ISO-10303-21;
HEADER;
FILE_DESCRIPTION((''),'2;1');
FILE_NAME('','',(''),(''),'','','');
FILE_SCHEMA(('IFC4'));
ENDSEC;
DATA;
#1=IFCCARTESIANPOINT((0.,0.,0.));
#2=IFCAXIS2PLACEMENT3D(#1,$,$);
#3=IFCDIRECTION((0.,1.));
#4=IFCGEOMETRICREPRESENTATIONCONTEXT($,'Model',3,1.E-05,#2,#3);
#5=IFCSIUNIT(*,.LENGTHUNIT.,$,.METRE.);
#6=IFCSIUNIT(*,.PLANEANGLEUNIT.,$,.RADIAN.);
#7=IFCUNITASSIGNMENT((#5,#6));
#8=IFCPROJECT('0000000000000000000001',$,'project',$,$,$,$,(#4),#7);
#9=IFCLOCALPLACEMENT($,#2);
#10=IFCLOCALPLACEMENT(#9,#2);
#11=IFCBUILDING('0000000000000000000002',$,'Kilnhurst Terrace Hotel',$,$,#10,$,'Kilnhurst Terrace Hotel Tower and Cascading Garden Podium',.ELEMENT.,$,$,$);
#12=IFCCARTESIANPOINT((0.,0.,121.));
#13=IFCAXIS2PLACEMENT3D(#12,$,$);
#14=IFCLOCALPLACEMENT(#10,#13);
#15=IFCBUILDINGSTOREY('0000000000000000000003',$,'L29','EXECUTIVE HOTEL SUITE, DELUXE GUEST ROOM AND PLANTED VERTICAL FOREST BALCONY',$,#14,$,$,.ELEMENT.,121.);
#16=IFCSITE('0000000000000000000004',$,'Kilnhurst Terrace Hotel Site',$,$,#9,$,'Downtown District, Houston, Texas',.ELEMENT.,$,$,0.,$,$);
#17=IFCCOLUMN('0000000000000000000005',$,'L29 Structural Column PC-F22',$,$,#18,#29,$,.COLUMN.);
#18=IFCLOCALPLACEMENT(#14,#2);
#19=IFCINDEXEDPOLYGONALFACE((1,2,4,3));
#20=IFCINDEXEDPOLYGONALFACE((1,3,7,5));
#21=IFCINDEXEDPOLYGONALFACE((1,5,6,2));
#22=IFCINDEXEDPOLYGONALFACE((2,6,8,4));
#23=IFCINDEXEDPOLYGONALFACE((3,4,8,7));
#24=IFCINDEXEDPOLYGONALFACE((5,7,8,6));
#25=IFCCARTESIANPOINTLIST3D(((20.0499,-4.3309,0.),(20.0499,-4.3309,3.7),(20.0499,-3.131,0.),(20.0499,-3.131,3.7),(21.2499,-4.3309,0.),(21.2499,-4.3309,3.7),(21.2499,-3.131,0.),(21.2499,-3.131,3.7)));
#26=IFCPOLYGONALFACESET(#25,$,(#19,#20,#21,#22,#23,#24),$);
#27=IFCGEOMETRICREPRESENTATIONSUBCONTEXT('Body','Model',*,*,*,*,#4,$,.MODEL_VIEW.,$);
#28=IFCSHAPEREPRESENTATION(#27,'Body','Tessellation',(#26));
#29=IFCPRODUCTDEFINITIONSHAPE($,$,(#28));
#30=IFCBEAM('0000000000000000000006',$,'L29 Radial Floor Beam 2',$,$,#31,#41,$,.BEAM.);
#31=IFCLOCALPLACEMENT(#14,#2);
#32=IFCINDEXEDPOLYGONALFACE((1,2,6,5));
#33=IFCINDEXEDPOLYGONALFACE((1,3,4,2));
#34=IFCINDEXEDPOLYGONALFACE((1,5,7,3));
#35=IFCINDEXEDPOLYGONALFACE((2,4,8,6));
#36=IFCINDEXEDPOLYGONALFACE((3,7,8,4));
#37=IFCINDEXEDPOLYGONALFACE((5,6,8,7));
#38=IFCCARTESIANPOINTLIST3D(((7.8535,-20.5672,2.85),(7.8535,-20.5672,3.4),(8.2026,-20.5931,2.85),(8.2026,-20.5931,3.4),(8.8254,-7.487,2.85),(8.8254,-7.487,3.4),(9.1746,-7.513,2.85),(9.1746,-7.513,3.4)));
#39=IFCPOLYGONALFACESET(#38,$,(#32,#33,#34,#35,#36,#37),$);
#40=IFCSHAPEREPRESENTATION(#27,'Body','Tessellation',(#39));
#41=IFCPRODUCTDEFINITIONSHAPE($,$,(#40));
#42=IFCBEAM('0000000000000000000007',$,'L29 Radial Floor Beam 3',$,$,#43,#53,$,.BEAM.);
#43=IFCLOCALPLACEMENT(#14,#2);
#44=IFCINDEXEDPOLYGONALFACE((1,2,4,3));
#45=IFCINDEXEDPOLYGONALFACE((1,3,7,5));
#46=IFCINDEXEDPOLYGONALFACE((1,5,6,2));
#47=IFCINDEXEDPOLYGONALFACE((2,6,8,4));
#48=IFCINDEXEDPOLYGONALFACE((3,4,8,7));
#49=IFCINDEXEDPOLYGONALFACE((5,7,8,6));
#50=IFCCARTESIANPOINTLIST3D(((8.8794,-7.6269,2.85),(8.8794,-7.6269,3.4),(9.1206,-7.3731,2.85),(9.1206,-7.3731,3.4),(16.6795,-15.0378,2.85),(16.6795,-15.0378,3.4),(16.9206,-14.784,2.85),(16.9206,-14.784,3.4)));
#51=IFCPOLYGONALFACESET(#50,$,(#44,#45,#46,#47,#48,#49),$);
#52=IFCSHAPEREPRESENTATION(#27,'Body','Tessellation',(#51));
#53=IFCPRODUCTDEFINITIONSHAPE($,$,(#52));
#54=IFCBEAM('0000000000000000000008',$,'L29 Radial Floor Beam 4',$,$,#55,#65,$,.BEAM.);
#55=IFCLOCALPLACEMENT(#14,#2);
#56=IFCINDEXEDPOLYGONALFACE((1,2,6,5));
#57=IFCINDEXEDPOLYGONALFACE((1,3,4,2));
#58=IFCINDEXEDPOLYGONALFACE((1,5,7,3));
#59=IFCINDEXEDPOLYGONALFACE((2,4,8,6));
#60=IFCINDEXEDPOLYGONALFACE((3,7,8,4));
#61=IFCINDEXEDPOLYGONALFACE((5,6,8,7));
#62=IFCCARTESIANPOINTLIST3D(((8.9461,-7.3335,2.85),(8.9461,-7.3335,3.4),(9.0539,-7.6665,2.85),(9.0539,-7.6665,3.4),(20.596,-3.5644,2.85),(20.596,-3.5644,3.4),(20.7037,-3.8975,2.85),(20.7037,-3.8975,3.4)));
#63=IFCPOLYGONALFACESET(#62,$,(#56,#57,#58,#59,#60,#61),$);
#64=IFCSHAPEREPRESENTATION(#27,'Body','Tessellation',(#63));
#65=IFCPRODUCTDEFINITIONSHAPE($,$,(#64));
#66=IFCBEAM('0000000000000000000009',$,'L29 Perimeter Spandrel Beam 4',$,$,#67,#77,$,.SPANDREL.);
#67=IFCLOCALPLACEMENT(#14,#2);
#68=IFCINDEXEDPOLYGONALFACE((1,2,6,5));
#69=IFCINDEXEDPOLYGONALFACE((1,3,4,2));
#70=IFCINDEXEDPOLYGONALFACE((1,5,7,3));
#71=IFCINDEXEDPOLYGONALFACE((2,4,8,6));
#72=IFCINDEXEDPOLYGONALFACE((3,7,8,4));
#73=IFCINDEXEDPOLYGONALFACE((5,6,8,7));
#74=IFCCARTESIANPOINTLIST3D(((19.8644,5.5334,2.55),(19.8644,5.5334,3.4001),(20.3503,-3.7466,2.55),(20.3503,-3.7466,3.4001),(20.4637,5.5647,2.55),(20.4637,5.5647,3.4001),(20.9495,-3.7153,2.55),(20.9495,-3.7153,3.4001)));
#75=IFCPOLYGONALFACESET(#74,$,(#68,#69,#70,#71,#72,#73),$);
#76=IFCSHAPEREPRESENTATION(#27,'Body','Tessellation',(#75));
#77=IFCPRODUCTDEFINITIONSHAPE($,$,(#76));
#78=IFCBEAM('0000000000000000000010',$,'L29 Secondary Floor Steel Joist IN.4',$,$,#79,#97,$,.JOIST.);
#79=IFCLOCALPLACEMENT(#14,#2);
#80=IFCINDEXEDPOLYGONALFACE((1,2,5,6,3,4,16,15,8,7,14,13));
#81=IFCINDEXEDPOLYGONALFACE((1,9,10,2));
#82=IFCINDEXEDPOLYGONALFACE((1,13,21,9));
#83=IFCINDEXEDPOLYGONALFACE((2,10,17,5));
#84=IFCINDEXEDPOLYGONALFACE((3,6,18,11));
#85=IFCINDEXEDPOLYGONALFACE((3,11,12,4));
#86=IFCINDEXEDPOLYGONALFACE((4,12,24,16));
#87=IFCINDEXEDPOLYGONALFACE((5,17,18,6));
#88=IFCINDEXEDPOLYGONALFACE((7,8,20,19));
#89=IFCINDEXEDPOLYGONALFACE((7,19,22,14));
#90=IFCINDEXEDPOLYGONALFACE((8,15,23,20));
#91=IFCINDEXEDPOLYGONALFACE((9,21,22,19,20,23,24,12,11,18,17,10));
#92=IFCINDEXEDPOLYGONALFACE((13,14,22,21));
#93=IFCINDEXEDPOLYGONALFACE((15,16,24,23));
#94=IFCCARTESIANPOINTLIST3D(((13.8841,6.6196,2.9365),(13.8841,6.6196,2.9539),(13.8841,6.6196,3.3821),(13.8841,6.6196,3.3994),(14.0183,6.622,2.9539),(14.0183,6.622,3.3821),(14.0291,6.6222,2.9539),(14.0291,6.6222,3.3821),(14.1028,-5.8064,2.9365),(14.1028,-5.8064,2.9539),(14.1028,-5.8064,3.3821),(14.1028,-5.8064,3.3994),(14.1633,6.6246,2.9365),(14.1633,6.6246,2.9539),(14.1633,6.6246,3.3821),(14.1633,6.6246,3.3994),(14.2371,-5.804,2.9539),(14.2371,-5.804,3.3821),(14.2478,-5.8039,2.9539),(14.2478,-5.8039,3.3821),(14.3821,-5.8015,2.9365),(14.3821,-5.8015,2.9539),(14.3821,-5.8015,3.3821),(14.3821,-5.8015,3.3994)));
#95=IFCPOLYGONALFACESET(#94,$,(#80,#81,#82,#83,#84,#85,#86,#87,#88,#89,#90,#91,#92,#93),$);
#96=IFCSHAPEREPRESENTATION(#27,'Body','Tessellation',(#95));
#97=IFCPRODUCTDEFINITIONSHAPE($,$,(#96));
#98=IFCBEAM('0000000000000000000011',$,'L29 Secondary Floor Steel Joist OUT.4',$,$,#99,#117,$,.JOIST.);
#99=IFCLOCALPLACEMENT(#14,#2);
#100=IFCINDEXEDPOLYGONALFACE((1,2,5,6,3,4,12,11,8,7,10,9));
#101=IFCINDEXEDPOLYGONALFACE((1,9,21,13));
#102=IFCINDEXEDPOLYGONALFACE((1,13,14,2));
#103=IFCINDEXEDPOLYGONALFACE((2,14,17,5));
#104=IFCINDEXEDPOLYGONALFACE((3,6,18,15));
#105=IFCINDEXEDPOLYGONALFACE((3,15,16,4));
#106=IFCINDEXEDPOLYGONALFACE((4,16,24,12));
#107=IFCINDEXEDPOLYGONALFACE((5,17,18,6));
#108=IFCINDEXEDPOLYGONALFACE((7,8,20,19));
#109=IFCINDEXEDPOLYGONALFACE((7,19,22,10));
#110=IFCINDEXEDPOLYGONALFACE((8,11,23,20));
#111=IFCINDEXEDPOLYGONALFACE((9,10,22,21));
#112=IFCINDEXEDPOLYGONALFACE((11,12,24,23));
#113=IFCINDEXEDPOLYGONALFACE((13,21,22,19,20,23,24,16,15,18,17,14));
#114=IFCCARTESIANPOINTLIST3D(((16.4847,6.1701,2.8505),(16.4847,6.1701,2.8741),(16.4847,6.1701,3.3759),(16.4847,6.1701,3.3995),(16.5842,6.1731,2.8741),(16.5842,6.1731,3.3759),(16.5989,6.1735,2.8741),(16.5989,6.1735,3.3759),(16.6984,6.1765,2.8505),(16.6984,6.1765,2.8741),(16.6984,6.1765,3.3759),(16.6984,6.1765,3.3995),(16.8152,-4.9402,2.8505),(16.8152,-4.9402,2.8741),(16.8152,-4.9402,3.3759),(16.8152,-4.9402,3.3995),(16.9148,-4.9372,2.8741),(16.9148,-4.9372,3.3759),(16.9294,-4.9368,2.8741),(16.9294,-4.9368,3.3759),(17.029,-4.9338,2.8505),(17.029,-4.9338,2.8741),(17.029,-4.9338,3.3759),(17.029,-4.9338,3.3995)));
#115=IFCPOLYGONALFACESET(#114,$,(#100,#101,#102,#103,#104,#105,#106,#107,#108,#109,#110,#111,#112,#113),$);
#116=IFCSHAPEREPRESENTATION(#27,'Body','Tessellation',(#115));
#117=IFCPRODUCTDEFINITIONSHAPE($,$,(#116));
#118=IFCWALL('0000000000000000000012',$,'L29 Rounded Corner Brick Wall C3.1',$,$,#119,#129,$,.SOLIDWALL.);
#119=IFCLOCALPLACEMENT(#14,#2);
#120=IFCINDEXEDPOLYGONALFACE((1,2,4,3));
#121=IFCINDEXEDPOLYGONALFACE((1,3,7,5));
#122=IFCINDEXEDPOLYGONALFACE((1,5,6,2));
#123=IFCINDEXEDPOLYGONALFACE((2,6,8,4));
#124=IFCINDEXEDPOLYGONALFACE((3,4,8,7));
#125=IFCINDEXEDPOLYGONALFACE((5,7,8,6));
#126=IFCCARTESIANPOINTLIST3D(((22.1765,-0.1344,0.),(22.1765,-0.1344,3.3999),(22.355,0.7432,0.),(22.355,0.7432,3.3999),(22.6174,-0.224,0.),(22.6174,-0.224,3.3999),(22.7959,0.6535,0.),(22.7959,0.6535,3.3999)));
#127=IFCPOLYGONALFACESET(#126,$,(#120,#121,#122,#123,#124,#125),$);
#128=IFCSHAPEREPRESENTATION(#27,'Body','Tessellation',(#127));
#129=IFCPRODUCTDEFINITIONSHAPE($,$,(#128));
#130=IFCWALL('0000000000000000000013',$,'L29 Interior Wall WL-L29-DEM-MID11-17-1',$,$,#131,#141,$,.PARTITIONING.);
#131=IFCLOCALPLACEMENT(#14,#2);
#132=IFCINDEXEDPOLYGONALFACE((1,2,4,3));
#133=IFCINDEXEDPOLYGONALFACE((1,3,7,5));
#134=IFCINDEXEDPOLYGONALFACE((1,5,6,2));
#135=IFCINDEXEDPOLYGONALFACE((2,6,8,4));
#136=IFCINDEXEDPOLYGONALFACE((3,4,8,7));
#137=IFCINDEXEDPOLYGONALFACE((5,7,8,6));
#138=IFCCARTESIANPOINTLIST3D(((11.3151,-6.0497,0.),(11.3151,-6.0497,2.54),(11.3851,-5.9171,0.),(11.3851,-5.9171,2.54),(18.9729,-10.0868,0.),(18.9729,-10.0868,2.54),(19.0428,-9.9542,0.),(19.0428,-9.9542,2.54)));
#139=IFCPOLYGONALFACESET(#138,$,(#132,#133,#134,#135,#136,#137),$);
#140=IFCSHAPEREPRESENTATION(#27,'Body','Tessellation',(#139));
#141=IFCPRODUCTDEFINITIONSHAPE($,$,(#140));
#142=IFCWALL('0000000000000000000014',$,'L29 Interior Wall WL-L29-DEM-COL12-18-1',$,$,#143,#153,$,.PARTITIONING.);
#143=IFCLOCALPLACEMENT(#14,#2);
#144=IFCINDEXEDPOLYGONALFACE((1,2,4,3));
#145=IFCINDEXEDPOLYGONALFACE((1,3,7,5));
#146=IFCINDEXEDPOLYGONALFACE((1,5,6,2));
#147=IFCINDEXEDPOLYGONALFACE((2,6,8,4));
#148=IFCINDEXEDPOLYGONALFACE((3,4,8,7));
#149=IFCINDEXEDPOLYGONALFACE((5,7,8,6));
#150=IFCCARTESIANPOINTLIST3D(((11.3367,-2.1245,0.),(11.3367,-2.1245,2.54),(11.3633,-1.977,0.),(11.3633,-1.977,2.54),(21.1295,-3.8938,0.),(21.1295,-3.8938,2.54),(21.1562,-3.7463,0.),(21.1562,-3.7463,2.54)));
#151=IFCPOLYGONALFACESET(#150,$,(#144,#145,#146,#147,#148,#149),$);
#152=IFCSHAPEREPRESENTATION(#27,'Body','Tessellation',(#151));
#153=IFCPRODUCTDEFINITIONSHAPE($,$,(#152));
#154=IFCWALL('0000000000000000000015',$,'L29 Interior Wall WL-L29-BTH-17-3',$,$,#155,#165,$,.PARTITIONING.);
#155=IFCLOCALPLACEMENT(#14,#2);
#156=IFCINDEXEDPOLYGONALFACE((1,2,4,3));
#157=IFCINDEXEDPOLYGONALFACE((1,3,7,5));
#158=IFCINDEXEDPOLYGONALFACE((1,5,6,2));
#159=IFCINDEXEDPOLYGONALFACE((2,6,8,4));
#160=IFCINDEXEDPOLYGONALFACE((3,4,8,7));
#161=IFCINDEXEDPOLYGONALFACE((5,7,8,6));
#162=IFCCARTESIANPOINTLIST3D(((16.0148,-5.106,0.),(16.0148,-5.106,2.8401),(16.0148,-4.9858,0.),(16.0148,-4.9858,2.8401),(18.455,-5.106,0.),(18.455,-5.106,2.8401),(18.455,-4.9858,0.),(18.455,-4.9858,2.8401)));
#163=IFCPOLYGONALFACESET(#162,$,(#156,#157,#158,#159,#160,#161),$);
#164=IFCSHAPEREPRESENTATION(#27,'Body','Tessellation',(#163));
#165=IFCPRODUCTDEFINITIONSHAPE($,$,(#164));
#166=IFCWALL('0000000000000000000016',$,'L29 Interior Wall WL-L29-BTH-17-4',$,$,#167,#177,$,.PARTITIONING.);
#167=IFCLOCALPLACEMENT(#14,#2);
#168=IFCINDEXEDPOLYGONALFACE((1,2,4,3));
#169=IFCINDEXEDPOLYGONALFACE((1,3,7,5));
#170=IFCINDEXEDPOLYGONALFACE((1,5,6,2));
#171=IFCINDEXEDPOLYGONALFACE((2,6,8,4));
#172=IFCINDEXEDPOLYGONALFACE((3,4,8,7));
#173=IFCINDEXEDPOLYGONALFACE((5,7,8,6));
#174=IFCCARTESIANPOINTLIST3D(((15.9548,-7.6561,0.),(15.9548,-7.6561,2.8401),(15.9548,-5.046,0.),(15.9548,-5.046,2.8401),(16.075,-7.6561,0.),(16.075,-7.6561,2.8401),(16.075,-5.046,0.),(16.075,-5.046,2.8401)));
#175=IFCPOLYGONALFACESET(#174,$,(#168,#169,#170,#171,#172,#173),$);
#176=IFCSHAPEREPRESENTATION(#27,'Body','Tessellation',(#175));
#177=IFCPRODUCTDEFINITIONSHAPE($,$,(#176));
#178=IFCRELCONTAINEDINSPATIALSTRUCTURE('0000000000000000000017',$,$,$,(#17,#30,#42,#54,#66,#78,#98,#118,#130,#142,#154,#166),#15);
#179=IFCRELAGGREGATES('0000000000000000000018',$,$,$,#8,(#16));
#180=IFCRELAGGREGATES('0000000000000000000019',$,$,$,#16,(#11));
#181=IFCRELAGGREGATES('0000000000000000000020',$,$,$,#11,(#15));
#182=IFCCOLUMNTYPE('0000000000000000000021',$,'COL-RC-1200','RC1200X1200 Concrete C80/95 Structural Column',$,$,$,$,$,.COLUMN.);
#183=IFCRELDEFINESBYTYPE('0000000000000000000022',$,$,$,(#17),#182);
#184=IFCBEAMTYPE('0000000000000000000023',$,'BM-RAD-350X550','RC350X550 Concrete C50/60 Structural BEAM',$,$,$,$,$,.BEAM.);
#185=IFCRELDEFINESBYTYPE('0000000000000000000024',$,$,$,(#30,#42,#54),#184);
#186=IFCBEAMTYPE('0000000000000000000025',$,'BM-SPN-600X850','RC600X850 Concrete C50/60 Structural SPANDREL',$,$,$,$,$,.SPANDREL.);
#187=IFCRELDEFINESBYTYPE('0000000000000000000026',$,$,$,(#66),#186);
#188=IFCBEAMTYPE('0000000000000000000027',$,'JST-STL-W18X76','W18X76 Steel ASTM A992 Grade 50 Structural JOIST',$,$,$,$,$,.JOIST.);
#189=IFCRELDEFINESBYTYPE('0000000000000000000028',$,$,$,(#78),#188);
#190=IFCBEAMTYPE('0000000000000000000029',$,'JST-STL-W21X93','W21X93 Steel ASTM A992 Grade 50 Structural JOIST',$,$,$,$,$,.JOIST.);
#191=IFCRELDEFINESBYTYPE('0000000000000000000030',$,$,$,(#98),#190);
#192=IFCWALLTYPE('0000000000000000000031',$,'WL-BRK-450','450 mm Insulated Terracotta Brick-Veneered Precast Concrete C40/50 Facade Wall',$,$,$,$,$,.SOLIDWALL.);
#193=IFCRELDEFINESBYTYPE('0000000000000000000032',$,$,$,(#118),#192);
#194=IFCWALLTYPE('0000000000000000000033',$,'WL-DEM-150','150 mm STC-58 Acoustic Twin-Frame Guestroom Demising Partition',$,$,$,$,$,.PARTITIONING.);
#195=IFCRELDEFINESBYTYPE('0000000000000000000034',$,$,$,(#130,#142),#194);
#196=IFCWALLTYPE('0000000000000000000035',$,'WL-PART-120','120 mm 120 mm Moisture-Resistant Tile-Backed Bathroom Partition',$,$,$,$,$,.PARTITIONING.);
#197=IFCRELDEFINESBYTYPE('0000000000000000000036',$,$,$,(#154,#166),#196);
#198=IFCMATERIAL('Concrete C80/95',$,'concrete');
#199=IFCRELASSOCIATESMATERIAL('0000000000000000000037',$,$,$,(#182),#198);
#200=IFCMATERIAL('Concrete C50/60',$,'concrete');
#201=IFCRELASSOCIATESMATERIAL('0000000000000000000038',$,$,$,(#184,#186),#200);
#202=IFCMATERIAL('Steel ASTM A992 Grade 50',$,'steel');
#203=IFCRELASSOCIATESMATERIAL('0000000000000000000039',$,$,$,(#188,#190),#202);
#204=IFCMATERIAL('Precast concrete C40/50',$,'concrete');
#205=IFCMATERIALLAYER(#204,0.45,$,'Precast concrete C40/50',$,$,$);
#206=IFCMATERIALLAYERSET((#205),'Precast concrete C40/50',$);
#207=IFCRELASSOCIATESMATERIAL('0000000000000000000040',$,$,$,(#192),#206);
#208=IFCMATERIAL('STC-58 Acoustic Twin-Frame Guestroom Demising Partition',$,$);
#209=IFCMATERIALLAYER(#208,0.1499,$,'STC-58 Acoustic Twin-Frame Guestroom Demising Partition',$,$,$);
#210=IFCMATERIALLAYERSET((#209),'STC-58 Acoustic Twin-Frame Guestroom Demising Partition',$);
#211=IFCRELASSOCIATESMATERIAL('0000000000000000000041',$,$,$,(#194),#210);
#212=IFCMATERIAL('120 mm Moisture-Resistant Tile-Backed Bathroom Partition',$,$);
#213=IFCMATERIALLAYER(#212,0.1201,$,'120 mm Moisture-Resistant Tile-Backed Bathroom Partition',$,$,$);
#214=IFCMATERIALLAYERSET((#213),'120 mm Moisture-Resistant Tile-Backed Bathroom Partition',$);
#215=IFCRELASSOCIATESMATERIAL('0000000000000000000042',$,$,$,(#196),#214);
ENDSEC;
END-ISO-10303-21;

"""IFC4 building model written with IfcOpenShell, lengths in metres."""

from ifc_helpers import new_model, si_unit, direction, frame, frame_2d, origin, origin_2d, place, context, subcontext, project, spatial, rectangle, i_section, extrude, material, layer, layer_set, material_profile, profile_set, type_object, element, save


model = new_model("IFC4")

# Units and contexts
model_context = context("Model", 3, precision=1e-05, world=origin(), true_north=direction((0.0, 1.0)))
body_context = subcontext(model_context, "Body", "Model", "MODEL_VIEW")
ifc_project = project(units=[si_unit("LENGTHUNIT", "METRE"), si_unit("PLANEANGLEUNIT", "RADIAN")], contexts=[model_context])

# Site, building, storey
site_placement = place(None, origin())
site = spatial("IfcSite", under=ifc_project, at=site_placement, Name="Kilnhurst Terrace Hotel Site", LongName="Downtown District, Houston, Texas", CompositionType="ELEMENT", RefElevation=0.0)
building_placement = place(site_placement, origin())
building = spatial("IfcBuilding", under=site, at=building_placement, Name="Kilnhurst Terrace Hotel", LongName="Kilnhurst Terrace Hotel Tower and Cascading Garden Podium", CompositionType="ELEMENT")
storey_placement = place(building_placement, frame((0.0, 0.0, 121.0)))
storey = spatial("IfcBuildingStorey", under=building, at=storey_placement, Name="L29", Description="EXECUTIVE HOTEL SUITE, DELUXE GUEST ROOM AND PLANTED VERTICAL FOREST BALCONY", CompositionType="ELEMENT", Elevation=121.0)

# Column
ifc_material_1 = material(Name="Concrete C80/95", Category="concrete")
ifc_material_profile_1 = material_profile(ifc_material_1, rectangle(XDim=1.2, YDim=1.2, at=origin_2d()), Name="RC1200X1200")
ifc_profile_set_1 = profile_set([ifc_material_profile_1], Name="Concrete C80/95")
column_type = type_object("IfcColumnType", Name="COL-RC-1200", Description="RC1200X1200 Concrete C80/95 Structural Column", PredefinedType="COLUMN", material=ifc_profile_set_1)
column_placement = place(storey_placement, frame((20.6499, -3.731, 0.0), z_axis=(0.0, 0.0, 1.0), x_axis=(1.0, 0.0, 0.0)))
element("IfcColumn", 1, at=column_placement, inside=storey, type_object=column_type, Name="L29 Structural Column PC-F22", PredefinedType="COLUMN", context=body_context, shape_type="SweptSolid", body=[
    extrude(rectangle(XDim=1.2, YDim=1.2, at=origin_2d()), origin(), (0.0, 0.0, 1.0), 3.7),
])

# Beams
ifc_material_2 = material(Name="Concrete C50/60", Category="concrete")
ifc_material_profile_2 = material_profile(ifc_material_2, rectangle(XDim=0.3501, YDim=0.55, at=origin_2d()), Name="RC350X550")
ifc_profile_set_2 = profile_set([ifc_material_profile_2], Name="Concrete C50/60")
beam_type_1 = type_object("IfcBeamType", Name="BM-RAD-350X550", Description="RC350X550 Concrete C50/60 Structural BEAM", PredefinedType="BEAM", material=ifc_profile_set_2)
beam_1_placement = place(storey_placement, frame((9.0, -7.5, 3.125), z_axis=(-0.074101, -0.997251, 0.0), x_axis=(0.997251, -0.074101, 0.0)))
element("IfcBeam", 2, at=beam_1_placement, inside=storey, type_object=beam_type_1, Name="L29 Radial Floor Beam 2", PredefinedType="BEAM", context=body_context, shape_type="SweptSolid", body=[
    extrude(rectangle(XDim=0.3501, YDim=0.55, at=origin_2d()), origin(), (0.0, 0.0, 1.0), 13.1162),
])
beam_2_placement = place(storey_placement, frame((9.0, -7.5, 3.125), z_axis=(0.72496, -0.688791, 0.0), x_axis=(0.688791, 0.72496, 0.0)))
element("IfcBeam", 3, at=beam_2_placement, inside=storey, type_object=beam_type_1, Name="L29 Radial Floor Beam 3", PredefinedType="BEAM", context=body_context, shape_type="SweptSolid", body=[
    extrude(rectangle(XDim=0.3501, YDim=0.55, at=origin_2d()), origin(), (0.0, 0.0, 1.0), 10.7593),
])
beam_3_placement = place(storey_placement, frame((9.0, -7.5, 3.125), z_axis=(0.951446, 0.307817, 0.0), x_axis=(-0.307817, 0.951446, 0.0)))
element("IfcBeam", 4, at=beam_3_placement, inside=storey, type_object=beam_type_1, Name="L29 Radial Floor Beam 4", PredefinedType="BEAM", context=body_context, shape_type="SweptSolid", body=[
    extrude(rectangle(XDim=0.3501, YDim=0.55, at=origin_2d()), origin(), (0.0, 0.0, 1.0), 12.2444),
])
ifc_material_profile_3 = material_profile(ifc_material_2, rectangle(XDim=0.6001, YDim=0.8501, at=origin_2d()), Name="RC600X850")
ifc_profile_set_3 = profile_set([ifc_material_profile_3], Name="Concrete C50/60")
beam_type_2 = type_object("IfcBeamType", Name="BM-SPN-600X850", Description="RC600X850 Concrete C50/60 Structural SPANDREL", PredefinedType="SPANDREL", material=ifc_profile_set_3)
beam_4_placement = place(storey_placement, frame((20.6499, -3.731, 2.9751), z_axis=(-0.052282, 0.998632, 0.0), x_axis=(-0.998632, -0.052282, 0.0)))
element("IfcBeam", 5, at=beam_4_placement, inside=storey, type_object=beam_type_2, Name="L29 Perimeter Spandrel Beam 4", PredefinedType="SPANDREL", context=body_context, shape_type="SweptSolid", body=[
    extrude(rectangle(XDim=0.6001, YDim=0.8501, at=origin_2d()), origin(), (0.0, 0.0, 1.0), 9.2927),
])
ifc_material_3 = material(Name="Steel ASTM A992 Grade 50", Category="steel")
ifc_material_profile_4 = material_profile(ifc_material_3, i_section(OverallWidth=0.2793, OverallDepth=0.4629, WebThickness=0.0107, FlangeThickness=0.0173, at=origin_2d()), Name="W18X76")
ifc_profile_set_4 = profile_set([ifc_material_profile_4], Name="Steel ASTM A992 Grade 50")
beam_type_3 = type_object("IfcBeamType", Name="JST-STL-W18X76", Description="W18X76 Steel ASTM A992 Grade 50 Structural JOIST", PredefinedType="JOIST", material=ifc_profile_set_4)
beam_5_placement = place(storey_placement, frame((14.2424, -5.804, 3.168), z_axis=(-0.017601, 0.999845, 0.0), x_axis=(-0.999845, -0.017601, 0.0)))
element("IfcBeam", 6, at=beam_5_placement, inside=storey, type_object=beam_type_3, Name="L29 Secondary Floor Steel Joist IN.4", PredefinedType="JOIST", context=body_context, shape_type="SweptSolid", body=[
    extrude(i_section(OverallWidth=0.2793, OverallDepth=0.4629, WebThickness=0.0107, FlangeThickness=0.0173, at=origin_2d()), origin(), (0.0, 0.0, 1.0), 12.428),
])
ifc_material_profile_5 = material_profile(ifc_material_3, i_section(OverallWidth=0.2139, OverallDepth=0.5491, WebThickness=0.0146, FlangeThickness=0.0237, at=origin_2d()), Name="W21X93")
ifc_profile_set_5 = profile_set([ifc_material_profile_5], Name="Steel ASTM A992 Grade 50")
beam_type_4 = type_object("IfcBeamType", Name="JST-STL-W21X93", Description="W21X93 Steel ASTM A992 Grade 50 Structural JOIST", PredefinedType="JOIST", material=ifc_profile_set_5)
beam_6_placement = place(storey_placement, frame((16.9221, -4.937, 3.125), z_axis=(-0.02974, 0.999558, 0.0), x_axis=(-0.999558, -0.02974, 0.0)))
element("IfcBeam", 7, at=beam_6_placement, inside=storey, type_object=beam_type_4, Name="L29 Secondary Floor Steel Joist OUT.4", PredefinedType="JOIST", context=body_context, shape_type="SweptSolid", body=[
    extrude(i_section(OverallWidth=0.2139, OverallDepth=0.5491, WebThickness=0.0146, FlangeThickness=0.0237, at=origin_2d()), origin(), (0.0, 0.0, 1.0), 11.1152),
])

# Wall
ifc_material_4 = material(Name="Precast concrete C40/50", Category="concrete")
ifc_layer_1 = layer(ifc_material_4, 0.45, Name="Precast concrete C40/50")
ifc_layer_set_1 = layer_set([ifc_layer_1], Name="Precast concrete C40/50")
wall_type_1 = type_object("IfcWallType", Name="WL-BRK-450", Description="450 mm Insulated Terracotta Brick-Veneered Precast Concrete C40/50 Facade Wall", PredefinedType="SOLIDWALL", material=ifc_layer_set_1)
wall_1_placement = place(storey_placement, frame((22.397, -0.1792, 0.0), z_axis=(0.0, 0.0, 1.0), x_axis=(0.199314, 0.979936, 0.0)))
element("IfcWall", 8, at=wall_1_placement, inside=storey, type_object=wall_type_1, Name="L29 Rounded Corner Brick Wall C3.1", PredefinedType="SOLIDWALL", context=body_context, shape_type="SweptSolid", body=[
    extrude(rectangle(XDim=0.8955, YDim=0.45, at=frame_2d((0.4478, 0.0))), origin(), (0.0, 0.0, 1.0), 3.3999),
])

# Walls
ifc_material_5 = material(Name="STC-58 Acoustic Twin-Frame Guestroom Demising Partition")
ifc_layer_2 = layer(ifc_material_5, 0.1499, Name="STC-58 Acoustic Twin-Frame Guestroom Demising Partition")
ifc_layer_set_2 = layer_set([ifc_layer_2], Name="STC-58 Acoustic Twin-Frame Guestroom Demising Partition")
wall_type_2 = type_object("IfcWallType", Name="WL-DEM-150", Description="150 mm STC-58 Acoustic Twin-Frame Guestroom Demising Partition", PredefinedType="PARTITIONING", material=ifc_layer_set_2)
wall_2_placement = place(storey_placement, frame((11.3501, -5.9834, 0.0), z_axis=(0.0, 0.0, 1.0), x_axis=(0.884597, -0.466355, 0.0)))
element("IfcWall", 9, at=wall_2_placement, inside=storey, type_object=wall_type_2, Name="L29 Interior Wall WL-L29-DEM-MID11-17-1", PredefinedType="PARTITIONING", context=body_context, shape_type="SweptSolid", body=[
    extrude(rectangle(XDim=8.6567, YDim=0.1499, at=frame_2d((4.3284, 0.0))), origin(), (0.0, 0.0, 1.0), 2.54),
])
wall_3_placement = place(storey_placement, frame((11.3501, -2.0508, 0.0), z_axis=(0.0, 0.0, 1.0), x_axis=(0.984068, -0.177791, 0.0)))
element("IfcWall", 10, at=wall_3_placement, inside=storey, type_object=wall_type_2, Name="L29 Interior Wall WL-L29-DEM-COL12-18-1", PredefinedType="PARTITIONING", context=body_context, shape_type="SweptSolid", body=[
    extrude(rectangle(XDim=9.9514, YDim=0.1499, at=frame_2d((4.9756, 0.0))), origin(), (0.0, 0.0, 1.0), 2.54),
])
ifc_material_6 = material(Name="120 mm Moisture-Resistant Tile-Backed Bathroom Partition")
ifc_layer_3 = layer(ifc_material_6, 0.1201, Name="120 mm Moisture-Resistant Tile-Backed Bathroom Partition")
ifc_layer_set_3 = layer_set([ifc_layer_3], Name="120 mm Moisture-Resistant Tile-Backed Bathroom Partition")
wall_type_3 = type_object("IfcWallType", Name="WL-PART-120", Description="120 mm 120 mm Moisture-Resistant Tile-Backed Bathroom Partition", PredefinedType="PARTITIONING", material=ifc_layer_set_3)
wall_4_placement = place(storey_placement, frame((18.4551, -5.0459, 0.0), z_axis=(0.0, 0.0, 1.0), x_axis=(-1.0, 0.0, 0.0)))
element("IfcWall", 11, at=wall_4_placement, inside=storey, type_object=wall_type_3, Name="L29 Interior Wall WL-L29-BTH-17-3", PredefinedType="PARTITIONING", context=body_context, shape_type="SweptSolid", body=[
    extrude(rectangle(XDim=2.4402, YDim=0.1201, at=frame_2d((1.2202, 0.0))), origin(), (0.0, 0.0, 1.0), 2.8401),
])
wall_5_placement = place(storey_placement, frame((16.0149, -5.0459, 0.0), z_axis=(0.0, 0.0, 1.0), x_axis=(0.0, -1.0, 0.0)))
element("IfcWall", 12, at=wall_5_placement, inside=storey, type_object=wall_type_3, Name="L29 Interior Wall WL-L29-BTH-17-4", PredefinedType="PARTITIONING", context=body_context, shape_type="SweptSolid", body=[
    extrude(rectangle(XDim=2.6101, YDim=0.1201, at=frame_2d((1.3052, 0.0))), origin(), (0.0, 0.0, 1.0), 2.8401),
])

save(model, "model.ifc")
